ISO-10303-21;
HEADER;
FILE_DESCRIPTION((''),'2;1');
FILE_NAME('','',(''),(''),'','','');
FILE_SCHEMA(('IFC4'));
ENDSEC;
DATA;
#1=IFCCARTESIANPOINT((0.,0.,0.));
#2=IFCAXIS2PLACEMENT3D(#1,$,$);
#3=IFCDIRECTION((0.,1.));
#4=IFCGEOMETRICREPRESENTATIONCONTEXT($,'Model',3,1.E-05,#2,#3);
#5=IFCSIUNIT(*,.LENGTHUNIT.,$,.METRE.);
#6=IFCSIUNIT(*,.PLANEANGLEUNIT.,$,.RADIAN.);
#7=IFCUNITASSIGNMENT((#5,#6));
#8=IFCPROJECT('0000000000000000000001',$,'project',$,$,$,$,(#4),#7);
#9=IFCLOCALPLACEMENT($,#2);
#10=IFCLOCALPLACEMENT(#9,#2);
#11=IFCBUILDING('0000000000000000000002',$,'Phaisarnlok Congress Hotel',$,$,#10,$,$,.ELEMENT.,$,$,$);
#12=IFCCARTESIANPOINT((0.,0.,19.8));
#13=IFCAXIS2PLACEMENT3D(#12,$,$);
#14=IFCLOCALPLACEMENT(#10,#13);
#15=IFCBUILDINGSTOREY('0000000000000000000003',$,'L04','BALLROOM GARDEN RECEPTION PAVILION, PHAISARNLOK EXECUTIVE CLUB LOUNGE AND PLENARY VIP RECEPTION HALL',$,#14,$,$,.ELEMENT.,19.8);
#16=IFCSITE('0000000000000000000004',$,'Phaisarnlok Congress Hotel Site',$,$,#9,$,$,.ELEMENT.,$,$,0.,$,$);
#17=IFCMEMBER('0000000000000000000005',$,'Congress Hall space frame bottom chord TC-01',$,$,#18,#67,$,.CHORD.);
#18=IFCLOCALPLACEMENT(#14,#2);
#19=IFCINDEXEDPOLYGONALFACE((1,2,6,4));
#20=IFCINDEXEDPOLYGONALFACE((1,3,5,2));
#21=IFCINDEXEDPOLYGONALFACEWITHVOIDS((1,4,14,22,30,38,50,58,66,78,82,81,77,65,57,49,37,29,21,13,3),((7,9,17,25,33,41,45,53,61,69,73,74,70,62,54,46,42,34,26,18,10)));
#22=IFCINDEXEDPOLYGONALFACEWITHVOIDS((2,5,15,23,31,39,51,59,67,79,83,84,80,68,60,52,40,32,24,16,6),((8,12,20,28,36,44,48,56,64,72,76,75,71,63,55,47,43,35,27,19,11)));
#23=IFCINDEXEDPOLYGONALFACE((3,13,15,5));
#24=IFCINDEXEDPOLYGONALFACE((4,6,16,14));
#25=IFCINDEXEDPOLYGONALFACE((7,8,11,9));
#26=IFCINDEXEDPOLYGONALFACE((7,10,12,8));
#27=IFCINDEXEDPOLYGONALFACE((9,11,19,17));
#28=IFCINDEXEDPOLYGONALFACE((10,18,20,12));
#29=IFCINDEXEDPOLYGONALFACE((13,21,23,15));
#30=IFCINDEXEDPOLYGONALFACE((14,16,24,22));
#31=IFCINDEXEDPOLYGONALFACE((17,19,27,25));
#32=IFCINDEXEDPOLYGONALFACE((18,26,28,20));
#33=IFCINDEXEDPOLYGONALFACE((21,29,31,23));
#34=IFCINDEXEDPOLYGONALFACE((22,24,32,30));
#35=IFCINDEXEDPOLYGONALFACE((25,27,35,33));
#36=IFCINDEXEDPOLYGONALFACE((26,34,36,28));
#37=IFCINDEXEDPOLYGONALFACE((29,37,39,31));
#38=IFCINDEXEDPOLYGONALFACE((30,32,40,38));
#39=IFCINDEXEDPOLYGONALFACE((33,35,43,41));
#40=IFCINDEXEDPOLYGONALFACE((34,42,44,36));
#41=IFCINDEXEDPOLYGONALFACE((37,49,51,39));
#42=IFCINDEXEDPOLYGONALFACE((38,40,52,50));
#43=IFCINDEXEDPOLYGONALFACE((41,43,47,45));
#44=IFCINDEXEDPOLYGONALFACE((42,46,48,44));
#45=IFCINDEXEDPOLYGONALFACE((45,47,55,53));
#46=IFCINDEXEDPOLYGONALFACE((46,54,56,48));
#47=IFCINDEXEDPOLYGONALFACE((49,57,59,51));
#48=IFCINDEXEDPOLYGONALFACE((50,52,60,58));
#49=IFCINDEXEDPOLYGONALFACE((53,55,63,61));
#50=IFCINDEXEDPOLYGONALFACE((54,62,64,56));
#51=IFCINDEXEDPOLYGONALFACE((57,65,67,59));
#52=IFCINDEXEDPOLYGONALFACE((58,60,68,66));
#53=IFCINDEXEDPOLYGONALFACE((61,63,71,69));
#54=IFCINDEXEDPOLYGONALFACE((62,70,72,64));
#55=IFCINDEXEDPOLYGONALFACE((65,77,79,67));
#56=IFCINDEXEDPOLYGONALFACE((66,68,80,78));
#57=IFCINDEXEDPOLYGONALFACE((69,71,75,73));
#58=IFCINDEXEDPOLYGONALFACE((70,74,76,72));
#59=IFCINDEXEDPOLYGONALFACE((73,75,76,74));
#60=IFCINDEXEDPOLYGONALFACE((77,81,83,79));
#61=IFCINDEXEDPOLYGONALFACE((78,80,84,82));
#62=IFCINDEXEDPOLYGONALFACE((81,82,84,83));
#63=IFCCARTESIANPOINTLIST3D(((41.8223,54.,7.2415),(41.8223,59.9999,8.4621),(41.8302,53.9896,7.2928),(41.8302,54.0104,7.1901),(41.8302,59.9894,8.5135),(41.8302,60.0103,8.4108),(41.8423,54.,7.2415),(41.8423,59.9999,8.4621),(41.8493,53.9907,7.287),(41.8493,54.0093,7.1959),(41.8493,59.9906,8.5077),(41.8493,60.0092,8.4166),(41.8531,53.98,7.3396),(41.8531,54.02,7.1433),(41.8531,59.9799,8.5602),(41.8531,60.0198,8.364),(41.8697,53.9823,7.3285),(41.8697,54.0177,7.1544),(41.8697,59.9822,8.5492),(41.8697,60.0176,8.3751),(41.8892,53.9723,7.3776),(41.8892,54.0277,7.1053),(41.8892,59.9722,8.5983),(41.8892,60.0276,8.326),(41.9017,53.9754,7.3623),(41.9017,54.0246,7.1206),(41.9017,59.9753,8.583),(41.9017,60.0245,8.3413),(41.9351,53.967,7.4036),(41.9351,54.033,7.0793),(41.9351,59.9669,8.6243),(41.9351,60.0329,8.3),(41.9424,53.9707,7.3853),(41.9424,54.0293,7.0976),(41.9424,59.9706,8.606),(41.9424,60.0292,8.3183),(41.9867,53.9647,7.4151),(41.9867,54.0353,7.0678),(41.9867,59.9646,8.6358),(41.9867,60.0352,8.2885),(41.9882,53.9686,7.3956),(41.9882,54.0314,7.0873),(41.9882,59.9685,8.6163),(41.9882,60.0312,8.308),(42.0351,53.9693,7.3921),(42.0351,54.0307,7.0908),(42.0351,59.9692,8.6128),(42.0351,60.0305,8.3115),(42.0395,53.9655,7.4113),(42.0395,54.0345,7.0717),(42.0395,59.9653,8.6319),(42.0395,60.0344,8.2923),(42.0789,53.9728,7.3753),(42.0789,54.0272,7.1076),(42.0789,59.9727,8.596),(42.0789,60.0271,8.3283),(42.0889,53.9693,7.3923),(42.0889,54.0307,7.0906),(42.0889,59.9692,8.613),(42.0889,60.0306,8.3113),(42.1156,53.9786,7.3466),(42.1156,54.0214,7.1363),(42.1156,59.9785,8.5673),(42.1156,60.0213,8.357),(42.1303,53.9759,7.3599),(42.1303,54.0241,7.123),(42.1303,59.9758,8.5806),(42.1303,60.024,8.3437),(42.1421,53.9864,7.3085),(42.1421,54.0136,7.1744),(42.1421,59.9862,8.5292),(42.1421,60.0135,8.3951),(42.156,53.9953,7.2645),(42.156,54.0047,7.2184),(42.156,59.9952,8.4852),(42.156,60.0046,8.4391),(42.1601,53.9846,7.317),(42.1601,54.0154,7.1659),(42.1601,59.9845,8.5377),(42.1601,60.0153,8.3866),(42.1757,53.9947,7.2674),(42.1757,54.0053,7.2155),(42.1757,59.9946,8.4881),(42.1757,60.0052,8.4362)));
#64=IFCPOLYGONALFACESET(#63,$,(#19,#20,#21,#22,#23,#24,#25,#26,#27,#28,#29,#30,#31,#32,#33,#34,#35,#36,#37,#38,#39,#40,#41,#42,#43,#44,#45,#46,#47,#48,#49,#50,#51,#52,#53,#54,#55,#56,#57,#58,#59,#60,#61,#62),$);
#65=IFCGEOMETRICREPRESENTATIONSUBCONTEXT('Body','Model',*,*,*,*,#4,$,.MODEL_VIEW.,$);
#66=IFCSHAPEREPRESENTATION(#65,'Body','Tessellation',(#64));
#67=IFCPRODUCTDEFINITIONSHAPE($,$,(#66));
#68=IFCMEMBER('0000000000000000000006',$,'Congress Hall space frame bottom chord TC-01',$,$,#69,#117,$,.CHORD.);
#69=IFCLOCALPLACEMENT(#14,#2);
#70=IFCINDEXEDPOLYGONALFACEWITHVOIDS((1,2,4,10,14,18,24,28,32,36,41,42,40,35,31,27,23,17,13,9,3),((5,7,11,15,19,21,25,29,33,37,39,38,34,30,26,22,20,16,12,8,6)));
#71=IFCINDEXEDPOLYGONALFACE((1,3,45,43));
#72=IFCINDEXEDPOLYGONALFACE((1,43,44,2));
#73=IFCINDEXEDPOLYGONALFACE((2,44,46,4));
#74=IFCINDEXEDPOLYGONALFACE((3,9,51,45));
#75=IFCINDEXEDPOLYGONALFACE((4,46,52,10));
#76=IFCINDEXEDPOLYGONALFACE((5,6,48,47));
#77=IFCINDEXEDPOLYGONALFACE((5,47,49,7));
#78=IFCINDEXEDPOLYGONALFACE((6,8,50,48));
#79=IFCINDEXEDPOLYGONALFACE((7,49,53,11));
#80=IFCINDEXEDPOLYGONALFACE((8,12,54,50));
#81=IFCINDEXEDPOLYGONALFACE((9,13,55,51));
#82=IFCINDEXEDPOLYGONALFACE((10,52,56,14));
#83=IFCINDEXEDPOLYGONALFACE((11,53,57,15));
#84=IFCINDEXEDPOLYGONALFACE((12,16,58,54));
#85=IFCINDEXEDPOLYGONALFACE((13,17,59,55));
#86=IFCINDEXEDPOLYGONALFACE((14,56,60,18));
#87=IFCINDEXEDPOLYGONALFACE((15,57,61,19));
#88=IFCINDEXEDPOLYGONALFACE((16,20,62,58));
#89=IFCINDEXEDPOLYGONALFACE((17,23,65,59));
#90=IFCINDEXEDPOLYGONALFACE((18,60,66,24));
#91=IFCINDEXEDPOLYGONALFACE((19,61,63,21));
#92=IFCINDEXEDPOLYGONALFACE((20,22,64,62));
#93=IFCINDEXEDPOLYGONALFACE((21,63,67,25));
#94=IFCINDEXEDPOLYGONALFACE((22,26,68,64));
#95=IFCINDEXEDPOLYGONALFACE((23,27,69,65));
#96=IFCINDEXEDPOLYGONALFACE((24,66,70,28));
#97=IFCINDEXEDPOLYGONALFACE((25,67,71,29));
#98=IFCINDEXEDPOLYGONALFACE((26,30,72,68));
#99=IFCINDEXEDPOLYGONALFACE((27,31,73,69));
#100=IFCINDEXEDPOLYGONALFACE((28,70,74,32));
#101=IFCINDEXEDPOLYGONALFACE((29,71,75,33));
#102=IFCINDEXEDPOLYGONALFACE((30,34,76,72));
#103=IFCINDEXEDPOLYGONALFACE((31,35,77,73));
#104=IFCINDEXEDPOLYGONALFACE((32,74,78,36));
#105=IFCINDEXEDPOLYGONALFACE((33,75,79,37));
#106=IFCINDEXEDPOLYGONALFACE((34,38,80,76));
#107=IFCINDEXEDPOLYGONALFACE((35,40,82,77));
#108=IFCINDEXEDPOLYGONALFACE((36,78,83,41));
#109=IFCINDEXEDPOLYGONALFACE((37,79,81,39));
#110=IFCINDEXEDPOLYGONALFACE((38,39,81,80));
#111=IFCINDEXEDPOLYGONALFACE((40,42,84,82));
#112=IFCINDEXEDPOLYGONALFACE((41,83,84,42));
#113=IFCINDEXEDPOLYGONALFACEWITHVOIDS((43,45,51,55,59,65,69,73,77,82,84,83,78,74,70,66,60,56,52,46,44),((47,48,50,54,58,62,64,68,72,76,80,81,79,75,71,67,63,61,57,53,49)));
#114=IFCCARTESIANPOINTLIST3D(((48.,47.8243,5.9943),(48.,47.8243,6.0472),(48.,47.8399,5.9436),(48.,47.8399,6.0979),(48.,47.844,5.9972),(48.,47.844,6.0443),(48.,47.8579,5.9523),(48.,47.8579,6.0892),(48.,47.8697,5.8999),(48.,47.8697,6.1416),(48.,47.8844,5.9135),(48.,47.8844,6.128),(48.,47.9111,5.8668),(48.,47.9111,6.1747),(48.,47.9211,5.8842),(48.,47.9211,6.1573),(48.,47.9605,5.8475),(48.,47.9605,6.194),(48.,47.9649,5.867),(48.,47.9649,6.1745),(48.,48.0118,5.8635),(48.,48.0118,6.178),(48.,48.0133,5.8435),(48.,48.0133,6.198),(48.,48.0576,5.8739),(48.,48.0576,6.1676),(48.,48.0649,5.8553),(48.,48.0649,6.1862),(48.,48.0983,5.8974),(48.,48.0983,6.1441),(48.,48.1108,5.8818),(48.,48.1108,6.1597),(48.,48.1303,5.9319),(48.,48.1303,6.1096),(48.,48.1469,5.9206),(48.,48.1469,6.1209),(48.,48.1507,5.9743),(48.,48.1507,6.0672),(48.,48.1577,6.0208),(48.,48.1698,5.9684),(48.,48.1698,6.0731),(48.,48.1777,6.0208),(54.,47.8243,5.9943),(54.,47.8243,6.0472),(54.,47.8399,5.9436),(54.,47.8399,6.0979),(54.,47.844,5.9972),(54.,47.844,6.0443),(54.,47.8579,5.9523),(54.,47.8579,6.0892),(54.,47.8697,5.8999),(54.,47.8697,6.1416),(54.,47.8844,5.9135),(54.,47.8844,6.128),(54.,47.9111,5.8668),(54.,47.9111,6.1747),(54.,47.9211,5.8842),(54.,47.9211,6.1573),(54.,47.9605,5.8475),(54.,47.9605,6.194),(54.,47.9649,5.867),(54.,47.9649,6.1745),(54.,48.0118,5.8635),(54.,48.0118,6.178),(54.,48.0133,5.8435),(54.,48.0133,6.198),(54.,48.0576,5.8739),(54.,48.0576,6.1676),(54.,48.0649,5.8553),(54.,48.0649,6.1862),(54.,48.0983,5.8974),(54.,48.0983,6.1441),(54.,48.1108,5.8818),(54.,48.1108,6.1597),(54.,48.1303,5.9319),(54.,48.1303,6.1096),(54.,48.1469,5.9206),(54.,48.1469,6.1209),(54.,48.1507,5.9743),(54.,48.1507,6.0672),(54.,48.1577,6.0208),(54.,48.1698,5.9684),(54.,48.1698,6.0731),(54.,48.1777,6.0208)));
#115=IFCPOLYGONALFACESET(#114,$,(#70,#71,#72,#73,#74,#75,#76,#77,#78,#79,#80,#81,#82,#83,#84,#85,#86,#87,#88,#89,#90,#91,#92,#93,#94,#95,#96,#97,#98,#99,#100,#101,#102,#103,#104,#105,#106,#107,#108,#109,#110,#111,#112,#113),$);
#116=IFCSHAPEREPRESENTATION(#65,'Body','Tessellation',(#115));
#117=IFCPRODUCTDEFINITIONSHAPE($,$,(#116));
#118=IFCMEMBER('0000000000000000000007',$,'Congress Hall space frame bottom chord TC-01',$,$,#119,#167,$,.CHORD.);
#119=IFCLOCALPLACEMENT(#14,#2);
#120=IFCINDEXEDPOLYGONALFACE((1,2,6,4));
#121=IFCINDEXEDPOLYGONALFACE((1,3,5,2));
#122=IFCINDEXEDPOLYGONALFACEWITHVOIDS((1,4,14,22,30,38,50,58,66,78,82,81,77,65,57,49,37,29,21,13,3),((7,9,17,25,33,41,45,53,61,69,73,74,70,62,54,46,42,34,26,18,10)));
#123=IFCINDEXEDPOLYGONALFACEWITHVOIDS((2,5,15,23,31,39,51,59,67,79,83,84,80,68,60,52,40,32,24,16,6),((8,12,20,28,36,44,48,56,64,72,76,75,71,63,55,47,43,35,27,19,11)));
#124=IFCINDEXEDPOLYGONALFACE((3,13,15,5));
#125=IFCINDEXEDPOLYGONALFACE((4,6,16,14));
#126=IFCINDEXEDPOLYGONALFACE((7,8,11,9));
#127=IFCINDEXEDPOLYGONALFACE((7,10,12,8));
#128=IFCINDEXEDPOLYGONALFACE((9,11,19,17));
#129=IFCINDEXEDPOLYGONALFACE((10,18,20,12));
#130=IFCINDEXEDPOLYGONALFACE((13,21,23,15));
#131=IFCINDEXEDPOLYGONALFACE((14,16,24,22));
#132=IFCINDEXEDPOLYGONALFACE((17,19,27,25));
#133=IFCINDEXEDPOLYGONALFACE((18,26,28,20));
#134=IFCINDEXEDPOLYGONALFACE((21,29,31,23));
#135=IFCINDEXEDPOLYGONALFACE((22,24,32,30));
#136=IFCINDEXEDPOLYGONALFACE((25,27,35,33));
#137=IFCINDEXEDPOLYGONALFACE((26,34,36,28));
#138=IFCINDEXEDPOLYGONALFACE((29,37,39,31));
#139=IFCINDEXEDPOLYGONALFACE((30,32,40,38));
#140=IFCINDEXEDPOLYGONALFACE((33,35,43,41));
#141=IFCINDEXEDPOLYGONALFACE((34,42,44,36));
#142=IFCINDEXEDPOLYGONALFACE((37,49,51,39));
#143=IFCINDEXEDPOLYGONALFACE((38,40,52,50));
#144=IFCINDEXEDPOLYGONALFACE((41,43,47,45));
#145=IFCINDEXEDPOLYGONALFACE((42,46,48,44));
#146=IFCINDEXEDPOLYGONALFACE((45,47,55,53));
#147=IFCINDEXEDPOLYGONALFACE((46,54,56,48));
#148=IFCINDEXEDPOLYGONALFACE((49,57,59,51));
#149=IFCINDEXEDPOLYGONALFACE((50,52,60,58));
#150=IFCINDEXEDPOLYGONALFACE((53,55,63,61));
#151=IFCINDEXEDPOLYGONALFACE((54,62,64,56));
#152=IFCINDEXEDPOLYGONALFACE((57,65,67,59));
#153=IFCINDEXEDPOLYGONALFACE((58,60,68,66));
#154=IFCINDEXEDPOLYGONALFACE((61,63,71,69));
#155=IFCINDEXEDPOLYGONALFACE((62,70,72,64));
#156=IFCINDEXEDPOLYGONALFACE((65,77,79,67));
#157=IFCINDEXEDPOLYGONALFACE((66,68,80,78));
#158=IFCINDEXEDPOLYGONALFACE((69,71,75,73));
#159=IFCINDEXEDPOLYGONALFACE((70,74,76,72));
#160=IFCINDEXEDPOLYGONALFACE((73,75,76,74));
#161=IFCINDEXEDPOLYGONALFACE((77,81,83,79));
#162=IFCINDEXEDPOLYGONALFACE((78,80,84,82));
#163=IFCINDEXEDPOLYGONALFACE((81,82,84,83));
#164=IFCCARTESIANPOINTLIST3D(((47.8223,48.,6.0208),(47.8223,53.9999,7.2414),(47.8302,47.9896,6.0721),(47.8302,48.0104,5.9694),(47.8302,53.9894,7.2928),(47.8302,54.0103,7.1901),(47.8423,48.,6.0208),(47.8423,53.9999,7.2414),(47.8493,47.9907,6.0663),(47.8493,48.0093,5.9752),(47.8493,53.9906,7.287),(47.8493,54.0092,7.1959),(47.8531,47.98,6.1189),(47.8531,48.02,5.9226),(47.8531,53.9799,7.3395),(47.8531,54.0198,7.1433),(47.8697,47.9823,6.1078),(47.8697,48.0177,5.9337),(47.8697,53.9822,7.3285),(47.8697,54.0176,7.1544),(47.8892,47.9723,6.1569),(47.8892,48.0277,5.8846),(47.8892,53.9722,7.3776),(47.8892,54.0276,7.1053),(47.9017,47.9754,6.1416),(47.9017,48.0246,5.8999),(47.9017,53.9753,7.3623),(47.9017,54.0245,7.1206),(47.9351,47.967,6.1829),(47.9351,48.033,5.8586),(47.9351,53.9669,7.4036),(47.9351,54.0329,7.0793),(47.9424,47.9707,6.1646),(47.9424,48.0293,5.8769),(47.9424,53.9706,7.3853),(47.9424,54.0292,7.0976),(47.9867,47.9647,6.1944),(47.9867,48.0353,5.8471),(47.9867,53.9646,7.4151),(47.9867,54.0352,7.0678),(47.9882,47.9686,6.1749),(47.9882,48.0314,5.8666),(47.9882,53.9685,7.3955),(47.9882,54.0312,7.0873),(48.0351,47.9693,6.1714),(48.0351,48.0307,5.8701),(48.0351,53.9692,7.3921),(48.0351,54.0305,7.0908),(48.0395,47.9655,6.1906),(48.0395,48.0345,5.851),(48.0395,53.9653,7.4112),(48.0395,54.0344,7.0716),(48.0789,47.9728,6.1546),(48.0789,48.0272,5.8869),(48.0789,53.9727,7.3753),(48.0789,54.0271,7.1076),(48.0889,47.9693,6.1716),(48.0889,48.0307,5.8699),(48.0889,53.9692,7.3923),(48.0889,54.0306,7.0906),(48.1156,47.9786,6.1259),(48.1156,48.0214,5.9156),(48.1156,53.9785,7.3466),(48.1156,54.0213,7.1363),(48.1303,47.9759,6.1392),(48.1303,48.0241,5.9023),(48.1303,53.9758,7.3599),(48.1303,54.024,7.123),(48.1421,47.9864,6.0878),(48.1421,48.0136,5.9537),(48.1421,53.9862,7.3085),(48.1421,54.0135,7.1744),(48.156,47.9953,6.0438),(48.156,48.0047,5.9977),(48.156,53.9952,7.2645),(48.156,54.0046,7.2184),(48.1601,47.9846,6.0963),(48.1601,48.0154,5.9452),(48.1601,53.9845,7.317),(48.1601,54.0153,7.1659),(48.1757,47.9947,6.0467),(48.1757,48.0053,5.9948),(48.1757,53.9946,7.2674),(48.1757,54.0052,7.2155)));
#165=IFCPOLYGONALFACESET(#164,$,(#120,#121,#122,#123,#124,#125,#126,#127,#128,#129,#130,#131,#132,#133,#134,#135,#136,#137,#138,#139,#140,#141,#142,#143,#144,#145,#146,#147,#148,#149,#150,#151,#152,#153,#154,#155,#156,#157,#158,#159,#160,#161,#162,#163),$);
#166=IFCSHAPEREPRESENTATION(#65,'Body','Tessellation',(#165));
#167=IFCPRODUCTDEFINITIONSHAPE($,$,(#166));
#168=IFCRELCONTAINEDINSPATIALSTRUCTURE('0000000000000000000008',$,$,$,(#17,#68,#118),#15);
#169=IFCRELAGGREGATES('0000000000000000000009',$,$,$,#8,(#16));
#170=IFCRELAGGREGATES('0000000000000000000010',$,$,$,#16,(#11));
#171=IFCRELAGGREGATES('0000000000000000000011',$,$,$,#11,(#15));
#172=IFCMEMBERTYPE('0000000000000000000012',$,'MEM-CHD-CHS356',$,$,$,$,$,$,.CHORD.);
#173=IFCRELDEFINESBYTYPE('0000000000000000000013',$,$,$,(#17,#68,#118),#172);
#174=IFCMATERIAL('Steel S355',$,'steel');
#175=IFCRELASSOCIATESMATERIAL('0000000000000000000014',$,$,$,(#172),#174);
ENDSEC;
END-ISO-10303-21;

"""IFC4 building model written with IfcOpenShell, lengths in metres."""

from ifc_helpers import new_model, si_unit, direction, frame, origin, origin_2d, place, context, subcontext, project, spatial, hollow_circle, extrude, material, material_profile, profile_set, type_object, element, save


model = new_model("IFC4")

# Units and contexts
model_context = context("Model", 3, precision=1e-05, world=origin(), true_north=direction((0.0, 1.0)))
body_context = subcontext(model_context, "Body", "Model", "MODEL_VIEW")
ifc_project = project(units=[si_unit("LENGTHUNIT", "METRE"), si_unit("PLANEANGLEUNIT", "RADIAN")], contexts=[model_context])

# Site, building, storey
site_placement = place(None, origin())
site = spatial("IfcSite", under=ifc_project, at=site_placement, Name="Phaisarnlok Congress Hotel Site", CompositionType="ELEMENT", RefElevation=0.0)
building_placement = place(site_placement, origin())
building = spatial("IfcBuilding", under=site, at=building_placement, Name="Phaisarnlok Congress Hotel", CompositionType="ELEMENT")
storey_placement = place(building_placement, frame((0.0, 0.0, 19.8)))
storey = spatial("IfcBuildingStorey", under=building, at=storey_placement, Name="L04", Description="BALLROOM GARDEN RECEPTION PAVILION, PHAISARNLOK EXECUTIVE CLUB LOUNGE AND PLENARY VIP RECEPTION HALL", CompositionType="ELEMENT", Elevation=19.8)

# Members
ifc_material = material(Name="Steel S355", Category="steel")
ifc_material_profile_1 = material_profile(ifc_material, hollow_circle(Radius=0.1777, WallThickness=0.02, at=origin_2d()), Name="CHS 355.6x20")
ifc_profile_set_1 = profile_set([ifc_material_profile_1], Name="Steel S355")
member_type_1 = type_object("IfcMemberType", Name="MEM-CHD-CHS356", PredefinedType="CHORD", material=ifc_profile_set_1)
member_1_placement = place(storey_placement, frame((42.0, 54.0, 7.2415), z_axis=(0.0, 0.979925, 0.199366), x_axis=(-1.0, 0.0, 0.0)))
element("IfcMember", 1, at=member_1_placement, inside=storey, type_object=member_type_1, Name="Congress Hall space frame bottom chord TC-01", PredefinedType="CHORD", context=body_context, shape_type="SweptSolid", body=[
    extrude(hollow_circle(Radius=0.1777, WallThickness=0.02, at=origin_2d()), origin(), (0.0, 0.0, 1.0), 6.1228),
])
member_2_placement = place(storey_placement, frame((48.0, 48.0, 6.0208), z_axis=(1.0, 0.0, 0.0), x_axis=(0.0, 1.0, 0.0)))
element("IfcMember", 2, at=member_2_placement, inside=storey, type_object=member_type_1, Name="Congress Hall space frame bottom chord TC-01", PredefinedType="CHORD", context=body_context, shape_type="SweptSolid", body=[
    extrude(hollow_circle(Radius=0.1777, WallThickness=0.02, at=origin_2d()), origin(), (0.0, 0.0, 1.0), 6.0),
])
member_3_placement = place(storey_placement, frame((48.0, 48.0, 6.0208), z_axis=(0.0, 0.979925, 0.199366), x_axis=(-1.0, 0.0, 0.0)))
element("IfcMember", 3, at=member_3_placement, inside=storey, type_object=member_type_1, Name="Congress Hall space frame bottom chord TC-01", PredefinedType="CHORD", context=body_context, shape_type="SweptSolid", body=[
    extrude(hollow_circle(Radius=0.1777, WallThickness=0.02, at=origin_2d()), origin(), (0.0, 0.0, 1.0), 6.1228),
])

save(model, "model.ifc")
